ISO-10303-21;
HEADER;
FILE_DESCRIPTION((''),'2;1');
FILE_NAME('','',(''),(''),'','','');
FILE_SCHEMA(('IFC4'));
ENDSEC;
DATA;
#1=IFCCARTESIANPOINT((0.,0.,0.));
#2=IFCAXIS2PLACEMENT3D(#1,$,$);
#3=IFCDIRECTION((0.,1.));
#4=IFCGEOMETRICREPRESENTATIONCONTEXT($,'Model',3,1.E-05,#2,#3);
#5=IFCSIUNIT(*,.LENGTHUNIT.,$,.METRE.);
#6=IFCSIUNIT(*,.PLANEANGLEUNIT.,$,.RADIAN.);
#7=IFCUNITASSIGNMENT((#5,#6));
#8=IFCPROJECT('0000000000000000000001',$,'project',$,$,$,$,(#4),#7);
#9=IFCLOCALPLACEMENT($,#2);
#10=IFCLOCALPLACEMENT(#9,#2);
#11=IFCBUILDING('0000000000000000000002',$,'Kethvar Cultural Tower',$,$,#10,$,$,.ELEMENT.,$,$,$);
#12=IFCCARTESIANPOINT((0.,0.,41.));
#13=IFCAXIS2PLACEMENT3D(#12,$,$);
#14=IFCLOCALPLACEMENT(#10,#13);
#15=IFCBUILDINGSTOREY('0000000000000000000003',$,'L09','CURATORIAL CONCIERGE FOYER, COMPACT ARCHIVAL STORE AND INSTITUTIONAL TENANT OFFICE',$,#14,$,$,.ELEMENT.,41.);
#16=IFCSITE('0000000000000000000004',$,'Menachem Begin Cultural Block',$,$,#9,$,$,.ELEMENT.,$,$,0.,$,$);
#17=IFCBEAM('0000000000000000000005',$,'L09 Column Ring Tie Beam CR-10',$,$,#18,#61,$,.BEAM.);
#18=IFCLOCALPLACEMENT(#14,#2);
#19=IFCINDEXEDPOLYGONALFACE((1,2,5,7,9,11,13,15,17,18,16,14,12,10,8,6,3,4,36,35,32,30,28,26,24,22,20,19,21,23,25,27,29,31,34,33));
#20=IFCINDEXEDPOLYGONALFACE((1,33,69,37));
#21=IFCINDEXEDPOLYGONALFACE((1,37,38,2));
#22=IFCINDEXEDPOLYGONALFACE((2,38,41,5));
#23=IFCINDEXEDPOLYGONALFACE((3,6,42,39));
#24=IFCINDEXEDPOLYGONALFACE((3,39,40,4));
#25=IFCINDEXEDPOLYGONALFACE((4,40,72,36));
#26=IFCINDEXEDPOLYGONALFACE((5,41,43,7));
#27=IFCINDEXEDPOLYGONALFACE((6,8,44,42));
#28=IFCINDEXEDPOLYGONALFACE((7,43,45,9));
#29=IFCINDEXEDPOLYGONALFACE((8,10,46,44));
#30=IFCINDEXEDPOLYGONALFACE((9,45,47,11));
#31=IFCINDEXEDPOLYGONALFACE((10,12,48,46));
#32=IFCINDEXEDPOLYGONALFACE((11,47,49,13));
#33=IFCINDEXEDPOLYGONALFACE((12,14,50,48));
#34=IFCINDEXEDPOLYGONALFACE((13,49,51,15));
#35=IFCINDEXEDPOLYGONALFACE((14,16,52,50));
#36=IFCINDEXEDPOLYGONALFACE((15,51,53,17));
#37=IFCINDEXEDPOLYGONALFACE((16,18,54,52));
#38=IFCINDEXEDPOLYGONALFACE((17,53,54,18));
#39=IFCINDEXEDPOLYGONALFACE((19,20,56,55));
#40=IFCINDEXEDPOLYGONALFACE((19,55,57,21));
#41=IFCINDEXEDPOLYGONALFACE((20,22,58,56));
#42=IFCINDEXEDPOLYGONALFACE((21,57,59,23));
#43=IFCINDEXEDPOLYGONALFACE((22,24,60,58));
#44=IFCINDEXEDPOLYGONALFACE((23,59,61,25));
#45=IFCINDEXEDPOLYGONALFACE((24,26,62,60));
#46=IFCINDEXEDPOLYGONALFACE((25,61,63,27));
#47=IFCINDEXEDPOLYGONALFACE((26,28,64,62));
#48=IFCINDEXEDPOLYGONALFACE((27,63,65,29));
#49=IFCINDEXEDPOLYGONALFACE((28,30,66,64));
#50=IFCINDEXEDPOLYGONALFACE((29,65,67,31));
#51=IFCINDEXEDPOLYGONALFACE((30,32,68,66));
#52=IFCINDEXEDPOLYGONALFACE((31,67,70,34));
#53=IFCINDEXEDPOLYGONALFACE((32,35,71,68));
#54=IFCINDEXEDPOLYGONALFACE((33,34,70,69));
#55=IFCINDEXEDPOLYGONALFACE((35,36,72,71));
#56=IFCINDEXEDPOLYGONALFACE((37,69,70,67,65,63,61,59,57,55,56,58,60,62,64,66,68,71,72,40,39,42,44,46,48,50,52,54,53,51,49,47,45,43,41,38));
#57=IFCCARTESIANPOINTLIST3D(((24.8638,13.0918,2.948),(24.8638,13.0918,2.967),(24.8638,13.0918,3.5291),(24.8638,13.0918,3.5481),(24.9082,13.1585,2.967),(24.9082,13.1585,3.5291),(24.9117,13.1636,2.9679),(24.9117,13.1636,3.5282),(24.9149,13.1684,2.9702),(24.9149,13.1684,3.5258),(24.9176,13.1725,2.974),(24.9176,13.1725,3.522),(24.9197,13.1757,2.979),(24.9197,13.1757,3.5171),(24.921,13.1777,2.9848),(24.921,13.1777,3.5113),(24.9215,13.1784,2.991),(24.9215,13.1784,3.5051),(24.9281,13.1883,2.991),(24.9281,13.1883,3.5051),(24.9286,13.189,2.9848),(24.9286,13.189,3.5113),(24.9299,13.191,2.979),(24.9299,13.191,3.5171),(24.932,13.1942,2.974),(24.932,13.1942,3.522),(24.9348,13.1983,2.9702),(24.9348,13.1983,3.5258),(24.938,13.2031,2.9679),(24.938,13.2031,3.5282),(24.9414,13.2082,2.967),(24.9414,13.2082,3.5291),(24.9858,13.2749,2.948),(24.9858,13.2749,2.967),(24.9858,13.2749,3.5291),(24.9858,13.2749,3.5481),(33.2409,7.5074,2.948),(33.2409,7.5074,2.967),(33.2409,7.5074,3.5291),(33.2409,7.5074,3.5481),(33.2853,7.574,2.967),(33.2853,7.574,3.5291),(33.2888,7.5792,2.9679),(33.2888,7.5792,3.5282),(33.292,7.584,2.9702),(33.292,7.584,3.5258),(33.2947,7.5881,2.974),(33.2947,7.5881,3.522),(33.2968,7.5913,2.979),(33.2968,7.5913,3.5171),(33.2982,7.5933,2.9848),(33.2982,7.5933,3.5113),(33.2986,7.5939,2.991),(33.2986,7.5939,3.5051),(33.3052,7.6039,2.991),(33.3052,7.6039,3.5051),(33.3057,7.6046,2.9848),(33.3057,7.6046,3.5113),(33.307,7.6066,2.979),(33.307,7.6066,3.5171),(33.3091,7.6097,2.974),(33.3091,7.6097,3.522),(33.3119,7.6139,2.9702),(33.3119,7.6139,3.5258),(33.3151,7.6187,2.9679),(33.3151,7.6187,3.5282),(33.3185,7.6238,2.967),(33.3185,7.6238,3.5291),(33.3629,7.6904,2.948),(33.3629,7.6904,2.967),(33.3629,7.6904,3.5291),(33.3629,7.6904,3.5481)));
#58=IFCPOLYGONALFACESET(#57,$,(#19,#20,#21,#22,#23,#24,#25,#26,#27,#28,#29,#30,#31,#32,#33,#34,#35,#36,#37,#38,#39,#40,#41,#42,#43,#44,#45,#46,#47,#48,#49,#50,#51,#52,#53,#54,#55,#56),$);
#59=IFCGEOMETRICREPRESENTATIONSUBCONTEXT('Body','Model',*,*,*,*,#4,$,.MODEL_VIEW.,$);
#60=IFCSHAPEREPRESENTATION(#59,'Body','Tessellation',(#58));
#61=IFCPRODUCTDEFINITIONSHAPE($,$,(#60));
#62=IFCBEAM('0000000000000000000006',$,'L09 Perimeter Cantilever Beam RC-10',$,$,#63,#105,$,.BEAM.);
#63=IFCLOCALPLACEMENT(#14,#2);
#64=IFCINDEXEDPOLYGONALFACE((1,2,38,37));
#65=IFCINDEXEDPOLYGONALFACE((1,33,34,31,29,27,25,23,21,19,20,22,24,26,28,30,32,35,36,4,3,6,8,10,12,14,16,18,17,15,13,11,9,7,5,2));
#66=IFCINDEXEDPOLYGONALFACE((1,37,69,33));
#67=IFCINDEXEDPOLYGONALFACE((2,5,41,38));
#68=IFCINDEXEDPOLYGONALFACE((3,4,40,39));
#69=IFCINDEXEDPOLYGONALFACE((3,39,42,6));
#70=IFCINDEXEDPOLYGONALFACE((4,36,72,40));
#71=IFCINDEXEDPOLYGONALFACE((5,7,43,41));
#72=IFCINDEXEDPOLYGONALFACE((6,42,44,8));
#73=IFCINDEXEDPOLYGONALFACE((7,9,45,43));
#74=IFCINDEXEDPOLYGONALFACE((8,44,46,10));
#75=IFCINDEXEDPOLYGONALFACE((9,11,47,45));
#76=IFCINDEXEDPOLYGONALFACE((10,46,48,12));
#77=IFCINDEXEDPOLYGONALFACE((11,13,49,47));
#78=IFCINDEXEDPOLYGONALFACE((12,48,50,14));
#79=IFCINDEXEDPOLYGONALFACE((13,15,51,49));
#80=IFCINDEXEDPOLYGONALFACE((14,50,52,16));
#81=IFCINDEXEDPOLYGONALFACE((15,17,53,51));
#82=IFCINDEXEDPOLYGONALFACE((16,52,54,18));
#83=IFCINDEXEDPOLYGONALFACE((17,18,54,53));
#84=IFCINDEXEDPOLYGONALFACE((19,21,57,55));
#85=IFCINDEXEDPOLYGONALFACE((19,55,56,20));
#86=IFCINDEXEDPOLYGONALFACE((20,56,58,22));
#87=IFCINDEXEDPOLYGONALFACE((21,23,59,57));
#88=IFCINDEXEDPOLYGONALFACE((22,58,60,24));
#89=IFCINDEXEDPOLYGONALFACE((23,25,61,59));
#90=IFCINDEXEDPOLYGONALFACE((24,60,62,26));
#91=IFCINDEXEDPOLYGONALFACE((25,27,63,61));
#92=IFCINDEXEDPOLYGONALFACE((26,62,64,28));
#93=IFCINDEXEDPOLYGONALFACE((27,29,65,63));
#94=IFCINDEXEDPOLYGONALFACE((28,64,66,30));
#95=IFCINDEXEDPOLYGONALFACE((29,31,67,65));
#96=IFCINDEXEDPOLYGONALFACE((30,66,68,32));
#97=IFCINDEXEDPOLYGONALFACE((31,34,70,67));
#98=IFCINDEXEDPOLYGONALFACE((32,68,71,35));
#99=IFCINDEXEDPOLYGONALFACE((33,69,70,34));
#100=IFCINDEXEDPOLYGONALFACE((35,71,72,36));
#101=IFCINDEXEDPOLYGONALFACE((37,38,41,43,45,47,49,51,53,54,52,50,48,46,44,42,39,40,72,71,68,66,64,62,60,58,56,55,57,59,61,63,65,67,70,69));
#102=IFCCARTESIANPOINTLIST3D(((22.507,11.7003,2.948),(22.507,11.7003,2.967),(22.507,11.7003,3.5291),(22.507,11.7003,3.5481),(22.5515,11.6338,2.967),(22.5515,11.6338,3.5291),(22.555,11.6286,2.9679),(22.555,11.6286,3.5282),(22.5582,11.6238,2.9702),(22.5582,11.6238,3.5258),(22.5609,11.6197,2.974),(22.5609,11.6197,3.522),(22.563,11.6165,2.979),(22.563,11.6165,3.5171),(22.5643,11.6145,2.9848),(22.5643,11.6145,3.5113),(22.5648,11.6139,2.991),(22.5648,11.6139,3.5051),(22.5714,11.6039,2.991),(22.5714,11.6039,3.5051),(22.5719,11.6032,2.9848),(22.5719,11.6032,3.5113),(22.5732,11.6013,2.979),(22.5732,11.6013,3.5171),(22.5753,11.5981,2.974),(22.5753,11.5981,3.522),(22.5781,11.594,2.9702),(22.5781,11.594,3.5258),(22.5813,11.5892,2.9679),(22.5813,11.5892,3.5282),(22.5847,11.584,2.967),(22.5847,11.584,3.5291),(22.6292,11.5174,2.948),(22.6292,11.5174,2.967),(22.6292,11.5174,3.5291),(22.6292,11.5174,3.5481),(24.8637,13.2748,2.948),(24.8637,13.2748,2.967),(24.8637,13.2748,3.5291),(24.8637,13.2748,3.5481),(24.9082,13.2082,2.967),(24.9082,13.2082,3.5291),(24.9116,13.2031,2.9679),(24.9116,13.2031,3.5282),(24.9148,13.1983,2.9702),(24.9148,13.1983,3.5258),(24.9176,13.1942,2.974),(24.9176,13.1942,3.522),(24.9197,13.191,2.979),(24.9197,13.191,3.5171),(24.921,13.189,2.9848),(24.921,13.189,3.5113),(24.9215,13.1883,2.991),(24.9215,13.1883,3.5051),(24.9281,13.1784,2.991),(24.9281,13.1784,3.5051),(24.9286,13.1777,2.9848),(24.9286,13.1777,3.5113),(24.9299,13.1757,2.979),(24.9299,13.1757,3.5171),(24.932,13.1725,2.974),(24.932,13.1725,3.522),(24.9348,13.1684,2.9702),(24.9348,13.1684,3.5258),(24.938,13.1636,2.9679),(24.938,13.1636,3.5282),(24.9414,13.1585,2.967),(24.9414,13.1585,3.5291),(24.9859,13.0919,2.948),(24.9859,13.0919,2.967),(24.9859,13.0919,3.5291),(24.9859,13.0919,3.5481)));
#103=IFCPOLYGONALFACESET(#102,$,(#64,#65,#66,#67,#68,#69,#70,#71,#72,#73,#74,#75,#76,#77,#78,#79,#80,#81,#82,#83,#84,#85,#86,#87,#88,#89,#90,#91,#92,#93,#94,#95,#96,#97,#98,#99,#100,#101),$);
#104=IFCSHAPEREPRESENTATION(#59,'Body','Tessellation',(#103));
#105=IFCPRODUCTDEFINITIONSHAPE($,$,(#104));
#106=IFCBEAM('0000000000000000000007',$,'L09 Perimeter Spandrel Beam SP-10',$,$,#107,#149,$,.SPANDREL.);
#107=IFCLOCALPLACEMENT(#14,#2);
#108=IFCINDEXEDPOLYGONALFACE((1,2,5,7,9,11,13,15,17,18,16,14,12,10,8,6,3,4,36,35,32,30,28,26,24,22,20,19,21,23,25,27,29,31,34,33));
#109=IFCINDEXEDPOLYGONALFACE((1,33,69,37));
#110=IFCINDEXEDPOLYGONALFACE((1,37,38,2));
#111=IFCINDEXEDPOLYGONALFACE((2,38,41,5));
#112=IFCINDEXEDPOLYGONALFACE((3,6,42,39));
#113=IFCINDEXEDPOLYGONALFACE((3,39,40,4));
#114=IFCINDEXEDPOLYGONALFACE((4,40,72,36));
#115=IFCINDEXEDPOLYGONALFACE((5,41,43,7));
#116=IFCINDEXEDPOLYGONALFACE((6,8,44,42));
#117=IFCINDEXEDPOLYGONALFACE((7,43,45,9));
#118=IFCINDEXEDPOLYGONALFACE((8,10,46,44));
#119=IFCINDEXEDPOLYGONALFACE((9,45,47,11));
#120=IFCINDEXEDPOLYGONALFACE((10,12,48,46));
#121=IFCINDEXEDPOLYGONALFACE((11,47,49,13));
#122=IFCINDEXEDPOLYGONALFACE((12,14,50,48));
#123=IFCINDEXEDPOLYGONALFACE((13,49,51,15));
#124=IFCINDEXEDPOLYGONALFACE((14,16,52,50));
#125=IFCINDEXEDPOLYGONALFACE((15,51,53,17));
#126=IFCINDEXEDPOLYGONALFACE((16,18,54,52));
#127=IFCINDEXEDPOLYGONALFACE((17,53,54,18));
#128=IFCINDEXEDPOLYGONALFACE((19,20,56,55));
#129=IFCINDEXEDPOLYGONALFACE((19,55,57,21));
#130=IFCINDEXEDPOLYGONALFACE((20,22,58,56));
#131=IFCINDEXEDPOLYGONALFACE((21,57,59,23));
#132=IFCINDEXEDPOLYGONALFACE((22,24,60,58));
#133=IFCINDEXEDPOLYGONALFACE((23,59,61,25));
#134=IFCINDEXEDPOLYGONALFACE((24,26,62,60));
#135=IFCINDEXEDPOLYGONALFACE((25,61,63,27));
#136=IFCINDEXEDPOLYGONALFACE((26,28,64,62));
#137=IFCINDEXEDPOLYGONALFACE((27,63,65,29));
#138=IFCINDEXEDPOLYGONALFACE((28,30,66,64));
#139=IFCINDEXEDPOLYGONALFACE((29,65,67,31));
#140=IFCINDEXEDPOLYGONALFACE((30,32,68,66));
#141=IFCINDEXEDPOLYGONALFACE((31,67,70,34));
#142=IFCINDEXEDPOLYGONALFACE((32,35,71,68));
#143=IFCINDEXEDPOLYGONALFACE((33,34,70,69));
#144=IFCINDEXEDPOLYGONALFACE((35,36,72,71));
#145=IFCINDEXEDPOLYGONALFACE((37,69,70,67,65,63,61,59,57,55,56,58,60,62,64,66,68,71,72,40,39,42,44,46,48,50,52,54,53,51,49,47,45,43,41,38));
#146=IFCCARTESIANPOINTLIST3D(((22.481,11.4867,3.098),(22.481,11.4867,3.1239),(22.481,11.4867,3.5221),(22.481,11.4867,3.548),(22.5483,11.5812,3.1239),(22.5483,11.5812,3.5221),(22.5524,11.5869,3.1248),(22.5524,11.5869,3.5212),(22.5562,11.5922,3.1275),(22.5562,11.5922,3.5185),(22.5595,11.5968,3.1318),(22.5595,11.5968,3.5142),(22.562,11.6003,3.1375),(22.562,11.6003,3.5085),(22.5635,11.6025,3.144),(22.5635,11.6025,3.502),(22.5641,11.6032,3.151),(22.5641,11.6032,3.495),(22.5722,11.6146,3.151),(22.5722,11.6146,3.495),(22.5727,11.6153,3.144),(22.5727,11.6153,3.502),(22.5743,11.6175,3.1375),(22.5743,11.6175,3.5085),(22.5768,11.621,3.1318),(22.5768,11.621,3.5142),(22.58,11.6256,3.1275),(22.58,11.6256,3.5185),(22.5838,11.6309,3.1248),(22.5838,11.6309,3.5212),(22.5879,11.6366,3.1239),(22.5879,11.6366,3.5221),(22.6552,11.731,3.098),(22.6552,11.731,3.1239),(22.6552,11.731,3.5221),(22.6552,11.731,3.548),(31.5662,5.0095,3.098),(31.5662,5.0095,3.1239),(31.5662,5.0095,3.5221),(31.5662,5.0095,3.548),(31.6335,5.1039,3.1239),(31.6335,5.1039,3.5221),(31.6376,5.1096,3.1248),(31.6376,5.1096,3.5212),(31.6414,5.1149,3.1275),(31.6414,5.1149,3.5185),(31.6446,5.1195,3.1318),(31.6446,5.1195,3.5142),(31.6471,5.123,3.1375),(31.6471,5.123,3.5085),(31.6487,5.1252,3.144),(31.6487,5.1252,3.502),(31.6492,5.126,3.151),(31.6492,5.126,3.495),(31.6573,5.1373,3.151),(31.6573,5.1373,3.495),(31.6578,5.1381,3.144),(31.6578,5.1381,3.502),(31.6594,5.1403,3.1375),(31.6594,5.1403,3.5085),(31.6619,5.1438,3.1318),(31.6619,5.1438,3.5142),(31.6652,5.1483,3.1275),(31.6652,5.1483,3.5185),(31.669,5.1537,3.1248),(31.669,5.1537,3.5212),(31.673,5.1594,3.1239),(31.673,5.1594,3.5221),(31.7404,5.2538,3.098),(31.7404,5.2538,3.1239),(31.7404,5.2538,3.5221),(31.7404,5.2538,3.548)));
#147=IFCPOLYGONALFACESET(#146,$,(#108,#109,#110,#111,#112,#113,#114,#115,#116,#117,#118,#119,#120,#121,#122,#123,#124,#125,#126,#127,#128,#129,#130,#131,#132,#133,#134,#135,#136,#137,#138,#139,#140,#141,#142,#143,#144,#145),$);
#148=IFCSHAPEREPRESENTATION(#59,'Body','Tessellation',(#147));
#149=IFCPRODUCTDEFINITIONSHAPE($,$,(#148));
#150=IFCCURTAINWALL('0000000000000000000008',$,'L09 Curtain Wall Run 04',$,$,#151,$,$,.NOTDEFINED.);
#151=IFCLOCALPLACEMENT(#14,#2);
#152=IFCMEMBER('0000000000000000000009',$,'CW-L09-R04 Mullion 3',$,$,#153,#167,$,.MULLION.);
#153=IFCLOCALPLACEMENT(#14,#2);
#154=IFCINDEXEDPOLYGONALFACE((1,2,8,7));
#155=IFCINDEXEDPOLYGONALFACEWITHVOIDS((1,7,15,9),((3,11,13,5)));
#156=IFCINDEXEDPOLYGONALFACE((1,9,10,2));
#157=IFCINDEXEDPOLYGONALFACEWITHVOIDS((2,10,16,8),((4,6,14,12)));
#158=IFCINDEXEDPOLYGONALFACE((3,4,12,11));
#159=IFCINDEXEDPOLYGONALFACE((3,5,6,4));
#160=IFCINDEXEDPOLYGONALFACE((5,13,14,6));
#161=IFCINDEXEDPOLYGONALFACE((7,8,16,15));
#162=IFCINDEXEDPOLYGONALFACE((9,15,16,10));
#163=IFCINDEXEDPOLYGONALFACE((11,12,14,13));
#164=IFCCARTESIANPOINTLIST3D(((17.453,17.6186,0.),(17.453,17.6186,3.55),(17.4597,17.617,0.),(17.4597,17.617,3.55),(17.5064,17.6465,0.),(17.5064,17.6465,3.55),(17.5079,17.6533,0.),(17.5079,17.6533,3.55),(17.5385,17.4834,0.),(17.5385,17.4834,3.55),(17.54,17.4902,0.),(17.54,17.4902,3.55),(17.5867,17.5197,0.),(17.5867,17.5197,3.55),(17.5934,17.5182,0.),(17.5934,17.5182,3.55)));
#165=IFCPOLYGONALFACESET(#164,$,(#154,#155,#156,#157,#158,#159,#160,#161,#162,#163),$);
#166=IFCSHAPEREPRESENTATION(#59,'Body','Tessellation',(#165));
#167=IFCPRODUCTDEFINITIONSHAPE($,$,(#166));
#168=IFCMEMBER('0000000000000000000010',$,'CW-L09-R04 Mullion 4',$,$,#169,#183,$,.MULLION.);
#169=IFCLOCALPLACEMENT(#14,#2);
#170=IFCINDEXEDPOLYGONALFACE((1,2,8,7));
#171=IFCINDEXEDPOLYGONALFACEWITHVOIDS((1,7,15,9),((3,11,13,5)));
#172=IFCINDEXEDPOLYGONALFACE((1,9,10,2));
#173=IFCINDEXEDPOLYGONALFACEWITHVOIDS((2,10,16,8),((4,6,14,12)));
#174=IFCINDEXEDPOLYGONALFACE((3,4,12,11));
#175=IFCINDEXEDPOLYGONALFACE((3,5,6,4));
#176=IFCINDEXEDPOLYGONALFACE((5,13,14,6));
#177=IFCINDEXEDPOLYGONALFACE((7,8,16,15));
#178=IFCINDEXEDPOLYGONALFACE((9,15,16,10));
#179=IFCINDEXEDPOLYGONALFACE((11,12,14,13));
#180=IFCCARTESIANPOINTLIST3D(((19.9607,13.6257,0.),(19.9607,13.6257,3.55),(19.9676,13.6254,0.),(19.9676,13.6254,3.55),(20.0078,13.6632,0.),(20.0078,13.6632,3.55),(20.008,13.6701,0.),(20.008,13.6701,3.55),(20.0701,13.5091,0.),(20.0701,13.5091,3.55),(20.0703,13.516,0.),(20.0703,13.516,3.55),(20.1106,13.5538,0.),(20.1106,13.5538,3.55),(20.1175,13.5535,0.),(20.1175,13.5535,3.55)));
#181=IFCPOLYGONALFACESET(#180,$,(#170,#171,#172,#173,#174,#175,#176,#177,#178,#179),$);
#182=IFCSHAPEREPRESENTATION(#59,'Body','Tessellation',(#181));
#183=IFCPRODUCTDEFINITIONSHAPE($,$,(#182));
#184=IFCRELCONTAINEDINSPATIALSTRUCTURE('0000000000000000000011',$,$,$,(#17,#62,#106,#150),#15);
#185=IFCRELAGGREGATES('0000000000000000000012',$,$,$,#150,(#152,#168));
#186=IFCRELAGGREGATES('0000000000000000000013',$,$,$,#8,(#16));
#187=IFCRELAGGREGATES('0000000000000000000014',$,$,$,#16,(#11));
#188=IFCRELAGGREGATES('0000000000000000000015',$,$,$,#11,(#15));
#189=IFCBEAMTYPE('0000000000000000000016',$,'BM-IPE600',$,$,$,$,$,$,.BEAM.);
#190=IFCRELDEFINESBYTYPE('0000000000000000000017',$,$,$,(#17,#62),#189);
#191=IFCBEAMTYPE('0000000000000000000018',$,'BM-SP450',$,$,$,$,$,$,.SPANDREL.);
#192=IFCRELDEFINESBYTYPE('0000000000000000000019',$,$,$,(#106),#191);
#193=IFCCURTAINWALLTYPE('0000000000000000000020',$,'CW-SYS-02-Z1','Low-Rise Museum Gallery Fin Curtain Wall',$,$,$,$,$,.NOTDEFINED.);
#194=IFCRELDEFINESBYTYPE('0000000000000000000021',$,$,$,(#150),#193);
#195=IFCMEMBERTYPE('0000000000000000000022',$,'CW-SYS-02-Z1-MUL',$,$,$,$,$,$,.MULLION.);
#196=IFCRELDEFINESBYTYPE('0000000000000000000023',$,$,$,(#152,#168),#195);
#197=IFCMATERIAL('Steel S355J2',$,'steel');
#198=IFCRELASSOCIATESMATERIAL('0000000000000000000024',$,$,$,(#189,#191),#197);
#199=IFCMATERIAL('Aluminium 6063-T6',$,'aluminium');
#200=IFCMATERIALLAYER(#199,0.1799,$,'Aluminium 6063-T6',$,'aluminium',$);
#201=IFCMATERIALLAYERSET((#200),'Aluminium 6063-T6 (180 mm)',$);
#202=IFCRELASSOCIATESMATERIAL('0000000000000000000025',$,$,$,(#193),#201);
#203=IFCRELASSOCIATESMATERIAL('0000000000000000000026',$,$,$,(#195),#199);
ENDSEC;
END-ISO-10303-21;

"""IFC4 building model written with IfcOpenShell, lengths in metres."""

from ifc_helpers import new_model, si_unit, direction, frame, origin, origin_2d, place, context, subcontext, project, spatial, hollow_rectangle, i_section, extrude, source, transform, mapped, material, layer, layer_set, material_profile, profile_set, type_object, element, aggregate, save


model = new_model("IFC4")

# Units and contexts
model_context = context("Model", 3, precision=1e-05, world=origin(), true_north=direction((0.0, 1.0)))
body_context = subcontext(model_context, "Body", "Model", "MODEL_VIEW")
ifc_project = project(units=[si_unit("LENGTHUNIT", "METRE"), si_unit("PLANEANGLEUNIT", "RADIAN")], contexts=[model_context])

# Site, building, storey
site_placement = place(None, origin())
site = spatial("IfcSite", under=ifc_project, at=site_placement, Name="Menachem Begin Cultural Block", CompositionType="ELEMENT", RefElevation=0.0)
building_placement = place(site_placement, origin())
building = spatial("IfcBuilding", under=site, at=building_placement, Name="Kethvar Cultural Tower", CompositionType="ELEMENT")
storey_placement = place(building_placement, frame((0.0, 0.0, 41.0)))
storey = spatial("IfcBuildingStorey", under=building, at=storey_placement, Name="L09", Description="CURATORIAL CONCIERGE FOYER, COMPACT ARCHIVAL STORE AND INSTITUTIONAL TENANT OFFICE", CompositionType="ELEMENT", Elevation=41.0)

# Beams
ifc_material_1 = material(Name="Steel S355J2", Category="steel")
ifc_material_profile_1 = material_profile(ifc_material_1, i_section(OverallWidth=0.22, OverallDepth=0.6001, WebThickness=0.012, FlangeThickness=0.019, FilletRadius=0.0239, at=origin_2d()), Name="Steel S355J2 — IPE600")
ifc_profile_set_1 = profile_set([ifc_material_profile_1], Name="Steel S355J2 — IPE600")
beam_type_1 = type_object("IfcBeamType", Name="BM-IPE600", PredefinedType="BEAM", material=ifc_profile_set_1)
shared_shape_1 = source(origin(), body_context, "Body", "SweptSolid", [
    extrude(i_section(OverallWidth=0.22, OverallDepth=0.6001, WebThickness=0.012, FlangeThickness=0.019, FilletRadius=0.0239, at=origin_2d()), origin(), (0.0, 0.0, 1.0), 10.0679),
])
beam_1_placement = place(storey_placement, frame((24.9248, 13.1833, 3.248), z_axis=(0.832065, -0.554678, 0.0), x_axis=(0.554678, 0.832065, 0.0)))
element("IfcBeam", 1, at=beam_1_placement, inside=storey, type_object=beam_type_1, Name="L09 Column Ring Tie Beam CR-10", PredefinedType="BEAM", context=body_context, shape_type="MappedRepresentation", body=[
    mapped(shared_shape_1, transform((0.0, 0.0, 0.0), scale=1.0)),
])
shared_shape_2 = source(origin(), body_context, "Body", "SweptSolid", [
    extrude(i_section(OverallWidth=0.22, OverallDepth=0.6001, WebThickness=0.012, FlangeThickness=0.019, FilletRadius=0.0239, at=origin_2d()), origin(), (0.0, 0.0, 1.0), 2.8342),
])
beam_2_placement = place(storey_placement, frame((24.9248, 13.1833, 3.248), z_axis=(-0.831507, -0.555515, 0.0), x_axis=(0.555515, -0.831507, 0.0)))
element("IfcBeam", 2, at=beam_2_placement, inside=storey, type_object=beam_type_1, Name="L09 Perimeter Cantilever Beam RC-10", PredefinedType="BEAM", context=body_context, shape_type="MappedRepresentation", body=[
    mapped(shared_shape_2, transform((0.0, 0.0, 0.0), scale=1.0)),
])
ifc_material_profile_2 = material_profile(ifc_material_1, i_section(OverallWidth=0.3, OverallDepth=0.45, WebThickness=0.0139, FlangeThickness=0.0259, FilletRadius=0.0271, at=origin_2d()), Name="Steel S355J2 — HEB450")
ifc_profile_set_2 = profile_set([ifc_material_profile_2], Name="Steel S355J2 — HEB450")
beam_type_2 = type_object("IfcBeamType", Name="BM-SP450", PredefinedType="SPANDREL", material=ifc_profile_set_2)
shared_shape_3 = source(origin(), body_context, "Body", "SweptSolid", [
    extrude(i_section(OverallWidth=0.3, OverallDepth=0.45, WebThickness=0.0139, FlangeThickness=0.0259, FilletRadius=0.0271, at=origin_2d()), origin(), (0.0, 0.0, 1.0), 11.1577),
])
beam_3_placement = place(storey_placement, frame((22.5681, 11.6089, 3.323), z_axis=(0.814248, -0.580518, 0.0), x_axis=(0.580518, 0.814248, 0.0)))
element("IfcBeam", 3, at=beam_3_placement, inside=storey, type_object=beam_type_2, Name="L09 Perimeter Spandrel Beam SP-10", PredefinedType="SPANDREL", context=body_context, shape_type="MappedRepresentation", body=[
    mapped(shared_shape_3, transform((0.0, 0.0, 0.0), scale=1.0)),
])

# Curtain wall, members
ifc_material_2 = material(Name="Aluminium 6063-T6", Category="aluminium")
ifc_layer_1 = layer(ifc_material_2, 0.1799, Name="Aluminium 6063-T6", Category="aluminium")
ifc_layer_set_1 = layer_set([ifc_layer_1], Name="Aluminium 6063-T6 (180 mm)")
curtain_wall_type = type_object("IfcCurtainWallType", Name="CW-SYS-02-Z1", Description="Low-Rise Museum Gallery Fin Curtain Wall", PredefinedType="NOTDEFINED", material=ifc_layer_set_1)
curtain_wall_placement = place(storey_placement, origin())
curtain_wall = element("IfcCurtainWall", 4, at=curtain_wall_placement, inside=storey, type_object=curtain_wall_type, Name="L09 Curtain Wall Run 04", PredefinedType="NOTDEFINED")
ifc_material_profile_3 = material_profile(ifc_material_2, hollow_rectangle(XDim=0.0649, YDim=0.1599, WallThickness=0.0049, at=origin_2d()), Name="Aluminium 6063-T6 — RHS160x65x5")
ifc_profile_set_3 = profile_set([ifc_material_profile_3], Name="Aluminium 6063-T6 — RHS160x65x5")
member_type_1 = type_object("IfcMemberType", Name="CW-SYS-02-Z1-MUL", PredefinedType="MULLION", material=ifc_profile_set_3)
shared_shape_4 = source(origin(), body_context, "Body", "SweptSolid", [
    extrude(hollow_rectangle(XDim=0.0649, YDim=0.1599, WallThickness=0.0049, at=origin_2d()), origin(), (0.0, 0.0, 1.0), 3.55),
])
member_1_placement = place(storey_placement, frame((17.5232, 17.5684, 0.0), z_axis=(0.0, 0.0, 1.0), x_axis=(0.844954, 0.534839, 0.0)))
member_1 = element("IfcMember", 5, at=member_1_placement, type_object=member_type_1, Name="CW-L09-R04 Mullion 3", PredefinedType="MULLION", context=body_context, shape_type="MappedRepresentation", body=[
    mapped(shared_shape_4, transform((0.0, 0.0, 0.0), scale=1.0)),
])
member_2_placement = place(storey_placement, frame((20.0391, 13.5896, 0.0), z_axis=(0.0, 0.0, 1.0), x_axis=(0.728945, 0.684573, 0.0)))
member_2 = element("IfcMember", 6, at=member_2_placement, type_object=member_type_1, Name="CW-L09-R04 Mullion 4", PredefinedType="MULLION", context=body_context, shape_type="MappedRepresentation", body=[
    mapped(shared_shape_4, transform((0.0, 0.0, 0.0), scale=1.0)),
])
aggregate(curtain_wall, [member_1, member_2])

save(model, "model.ifc")
